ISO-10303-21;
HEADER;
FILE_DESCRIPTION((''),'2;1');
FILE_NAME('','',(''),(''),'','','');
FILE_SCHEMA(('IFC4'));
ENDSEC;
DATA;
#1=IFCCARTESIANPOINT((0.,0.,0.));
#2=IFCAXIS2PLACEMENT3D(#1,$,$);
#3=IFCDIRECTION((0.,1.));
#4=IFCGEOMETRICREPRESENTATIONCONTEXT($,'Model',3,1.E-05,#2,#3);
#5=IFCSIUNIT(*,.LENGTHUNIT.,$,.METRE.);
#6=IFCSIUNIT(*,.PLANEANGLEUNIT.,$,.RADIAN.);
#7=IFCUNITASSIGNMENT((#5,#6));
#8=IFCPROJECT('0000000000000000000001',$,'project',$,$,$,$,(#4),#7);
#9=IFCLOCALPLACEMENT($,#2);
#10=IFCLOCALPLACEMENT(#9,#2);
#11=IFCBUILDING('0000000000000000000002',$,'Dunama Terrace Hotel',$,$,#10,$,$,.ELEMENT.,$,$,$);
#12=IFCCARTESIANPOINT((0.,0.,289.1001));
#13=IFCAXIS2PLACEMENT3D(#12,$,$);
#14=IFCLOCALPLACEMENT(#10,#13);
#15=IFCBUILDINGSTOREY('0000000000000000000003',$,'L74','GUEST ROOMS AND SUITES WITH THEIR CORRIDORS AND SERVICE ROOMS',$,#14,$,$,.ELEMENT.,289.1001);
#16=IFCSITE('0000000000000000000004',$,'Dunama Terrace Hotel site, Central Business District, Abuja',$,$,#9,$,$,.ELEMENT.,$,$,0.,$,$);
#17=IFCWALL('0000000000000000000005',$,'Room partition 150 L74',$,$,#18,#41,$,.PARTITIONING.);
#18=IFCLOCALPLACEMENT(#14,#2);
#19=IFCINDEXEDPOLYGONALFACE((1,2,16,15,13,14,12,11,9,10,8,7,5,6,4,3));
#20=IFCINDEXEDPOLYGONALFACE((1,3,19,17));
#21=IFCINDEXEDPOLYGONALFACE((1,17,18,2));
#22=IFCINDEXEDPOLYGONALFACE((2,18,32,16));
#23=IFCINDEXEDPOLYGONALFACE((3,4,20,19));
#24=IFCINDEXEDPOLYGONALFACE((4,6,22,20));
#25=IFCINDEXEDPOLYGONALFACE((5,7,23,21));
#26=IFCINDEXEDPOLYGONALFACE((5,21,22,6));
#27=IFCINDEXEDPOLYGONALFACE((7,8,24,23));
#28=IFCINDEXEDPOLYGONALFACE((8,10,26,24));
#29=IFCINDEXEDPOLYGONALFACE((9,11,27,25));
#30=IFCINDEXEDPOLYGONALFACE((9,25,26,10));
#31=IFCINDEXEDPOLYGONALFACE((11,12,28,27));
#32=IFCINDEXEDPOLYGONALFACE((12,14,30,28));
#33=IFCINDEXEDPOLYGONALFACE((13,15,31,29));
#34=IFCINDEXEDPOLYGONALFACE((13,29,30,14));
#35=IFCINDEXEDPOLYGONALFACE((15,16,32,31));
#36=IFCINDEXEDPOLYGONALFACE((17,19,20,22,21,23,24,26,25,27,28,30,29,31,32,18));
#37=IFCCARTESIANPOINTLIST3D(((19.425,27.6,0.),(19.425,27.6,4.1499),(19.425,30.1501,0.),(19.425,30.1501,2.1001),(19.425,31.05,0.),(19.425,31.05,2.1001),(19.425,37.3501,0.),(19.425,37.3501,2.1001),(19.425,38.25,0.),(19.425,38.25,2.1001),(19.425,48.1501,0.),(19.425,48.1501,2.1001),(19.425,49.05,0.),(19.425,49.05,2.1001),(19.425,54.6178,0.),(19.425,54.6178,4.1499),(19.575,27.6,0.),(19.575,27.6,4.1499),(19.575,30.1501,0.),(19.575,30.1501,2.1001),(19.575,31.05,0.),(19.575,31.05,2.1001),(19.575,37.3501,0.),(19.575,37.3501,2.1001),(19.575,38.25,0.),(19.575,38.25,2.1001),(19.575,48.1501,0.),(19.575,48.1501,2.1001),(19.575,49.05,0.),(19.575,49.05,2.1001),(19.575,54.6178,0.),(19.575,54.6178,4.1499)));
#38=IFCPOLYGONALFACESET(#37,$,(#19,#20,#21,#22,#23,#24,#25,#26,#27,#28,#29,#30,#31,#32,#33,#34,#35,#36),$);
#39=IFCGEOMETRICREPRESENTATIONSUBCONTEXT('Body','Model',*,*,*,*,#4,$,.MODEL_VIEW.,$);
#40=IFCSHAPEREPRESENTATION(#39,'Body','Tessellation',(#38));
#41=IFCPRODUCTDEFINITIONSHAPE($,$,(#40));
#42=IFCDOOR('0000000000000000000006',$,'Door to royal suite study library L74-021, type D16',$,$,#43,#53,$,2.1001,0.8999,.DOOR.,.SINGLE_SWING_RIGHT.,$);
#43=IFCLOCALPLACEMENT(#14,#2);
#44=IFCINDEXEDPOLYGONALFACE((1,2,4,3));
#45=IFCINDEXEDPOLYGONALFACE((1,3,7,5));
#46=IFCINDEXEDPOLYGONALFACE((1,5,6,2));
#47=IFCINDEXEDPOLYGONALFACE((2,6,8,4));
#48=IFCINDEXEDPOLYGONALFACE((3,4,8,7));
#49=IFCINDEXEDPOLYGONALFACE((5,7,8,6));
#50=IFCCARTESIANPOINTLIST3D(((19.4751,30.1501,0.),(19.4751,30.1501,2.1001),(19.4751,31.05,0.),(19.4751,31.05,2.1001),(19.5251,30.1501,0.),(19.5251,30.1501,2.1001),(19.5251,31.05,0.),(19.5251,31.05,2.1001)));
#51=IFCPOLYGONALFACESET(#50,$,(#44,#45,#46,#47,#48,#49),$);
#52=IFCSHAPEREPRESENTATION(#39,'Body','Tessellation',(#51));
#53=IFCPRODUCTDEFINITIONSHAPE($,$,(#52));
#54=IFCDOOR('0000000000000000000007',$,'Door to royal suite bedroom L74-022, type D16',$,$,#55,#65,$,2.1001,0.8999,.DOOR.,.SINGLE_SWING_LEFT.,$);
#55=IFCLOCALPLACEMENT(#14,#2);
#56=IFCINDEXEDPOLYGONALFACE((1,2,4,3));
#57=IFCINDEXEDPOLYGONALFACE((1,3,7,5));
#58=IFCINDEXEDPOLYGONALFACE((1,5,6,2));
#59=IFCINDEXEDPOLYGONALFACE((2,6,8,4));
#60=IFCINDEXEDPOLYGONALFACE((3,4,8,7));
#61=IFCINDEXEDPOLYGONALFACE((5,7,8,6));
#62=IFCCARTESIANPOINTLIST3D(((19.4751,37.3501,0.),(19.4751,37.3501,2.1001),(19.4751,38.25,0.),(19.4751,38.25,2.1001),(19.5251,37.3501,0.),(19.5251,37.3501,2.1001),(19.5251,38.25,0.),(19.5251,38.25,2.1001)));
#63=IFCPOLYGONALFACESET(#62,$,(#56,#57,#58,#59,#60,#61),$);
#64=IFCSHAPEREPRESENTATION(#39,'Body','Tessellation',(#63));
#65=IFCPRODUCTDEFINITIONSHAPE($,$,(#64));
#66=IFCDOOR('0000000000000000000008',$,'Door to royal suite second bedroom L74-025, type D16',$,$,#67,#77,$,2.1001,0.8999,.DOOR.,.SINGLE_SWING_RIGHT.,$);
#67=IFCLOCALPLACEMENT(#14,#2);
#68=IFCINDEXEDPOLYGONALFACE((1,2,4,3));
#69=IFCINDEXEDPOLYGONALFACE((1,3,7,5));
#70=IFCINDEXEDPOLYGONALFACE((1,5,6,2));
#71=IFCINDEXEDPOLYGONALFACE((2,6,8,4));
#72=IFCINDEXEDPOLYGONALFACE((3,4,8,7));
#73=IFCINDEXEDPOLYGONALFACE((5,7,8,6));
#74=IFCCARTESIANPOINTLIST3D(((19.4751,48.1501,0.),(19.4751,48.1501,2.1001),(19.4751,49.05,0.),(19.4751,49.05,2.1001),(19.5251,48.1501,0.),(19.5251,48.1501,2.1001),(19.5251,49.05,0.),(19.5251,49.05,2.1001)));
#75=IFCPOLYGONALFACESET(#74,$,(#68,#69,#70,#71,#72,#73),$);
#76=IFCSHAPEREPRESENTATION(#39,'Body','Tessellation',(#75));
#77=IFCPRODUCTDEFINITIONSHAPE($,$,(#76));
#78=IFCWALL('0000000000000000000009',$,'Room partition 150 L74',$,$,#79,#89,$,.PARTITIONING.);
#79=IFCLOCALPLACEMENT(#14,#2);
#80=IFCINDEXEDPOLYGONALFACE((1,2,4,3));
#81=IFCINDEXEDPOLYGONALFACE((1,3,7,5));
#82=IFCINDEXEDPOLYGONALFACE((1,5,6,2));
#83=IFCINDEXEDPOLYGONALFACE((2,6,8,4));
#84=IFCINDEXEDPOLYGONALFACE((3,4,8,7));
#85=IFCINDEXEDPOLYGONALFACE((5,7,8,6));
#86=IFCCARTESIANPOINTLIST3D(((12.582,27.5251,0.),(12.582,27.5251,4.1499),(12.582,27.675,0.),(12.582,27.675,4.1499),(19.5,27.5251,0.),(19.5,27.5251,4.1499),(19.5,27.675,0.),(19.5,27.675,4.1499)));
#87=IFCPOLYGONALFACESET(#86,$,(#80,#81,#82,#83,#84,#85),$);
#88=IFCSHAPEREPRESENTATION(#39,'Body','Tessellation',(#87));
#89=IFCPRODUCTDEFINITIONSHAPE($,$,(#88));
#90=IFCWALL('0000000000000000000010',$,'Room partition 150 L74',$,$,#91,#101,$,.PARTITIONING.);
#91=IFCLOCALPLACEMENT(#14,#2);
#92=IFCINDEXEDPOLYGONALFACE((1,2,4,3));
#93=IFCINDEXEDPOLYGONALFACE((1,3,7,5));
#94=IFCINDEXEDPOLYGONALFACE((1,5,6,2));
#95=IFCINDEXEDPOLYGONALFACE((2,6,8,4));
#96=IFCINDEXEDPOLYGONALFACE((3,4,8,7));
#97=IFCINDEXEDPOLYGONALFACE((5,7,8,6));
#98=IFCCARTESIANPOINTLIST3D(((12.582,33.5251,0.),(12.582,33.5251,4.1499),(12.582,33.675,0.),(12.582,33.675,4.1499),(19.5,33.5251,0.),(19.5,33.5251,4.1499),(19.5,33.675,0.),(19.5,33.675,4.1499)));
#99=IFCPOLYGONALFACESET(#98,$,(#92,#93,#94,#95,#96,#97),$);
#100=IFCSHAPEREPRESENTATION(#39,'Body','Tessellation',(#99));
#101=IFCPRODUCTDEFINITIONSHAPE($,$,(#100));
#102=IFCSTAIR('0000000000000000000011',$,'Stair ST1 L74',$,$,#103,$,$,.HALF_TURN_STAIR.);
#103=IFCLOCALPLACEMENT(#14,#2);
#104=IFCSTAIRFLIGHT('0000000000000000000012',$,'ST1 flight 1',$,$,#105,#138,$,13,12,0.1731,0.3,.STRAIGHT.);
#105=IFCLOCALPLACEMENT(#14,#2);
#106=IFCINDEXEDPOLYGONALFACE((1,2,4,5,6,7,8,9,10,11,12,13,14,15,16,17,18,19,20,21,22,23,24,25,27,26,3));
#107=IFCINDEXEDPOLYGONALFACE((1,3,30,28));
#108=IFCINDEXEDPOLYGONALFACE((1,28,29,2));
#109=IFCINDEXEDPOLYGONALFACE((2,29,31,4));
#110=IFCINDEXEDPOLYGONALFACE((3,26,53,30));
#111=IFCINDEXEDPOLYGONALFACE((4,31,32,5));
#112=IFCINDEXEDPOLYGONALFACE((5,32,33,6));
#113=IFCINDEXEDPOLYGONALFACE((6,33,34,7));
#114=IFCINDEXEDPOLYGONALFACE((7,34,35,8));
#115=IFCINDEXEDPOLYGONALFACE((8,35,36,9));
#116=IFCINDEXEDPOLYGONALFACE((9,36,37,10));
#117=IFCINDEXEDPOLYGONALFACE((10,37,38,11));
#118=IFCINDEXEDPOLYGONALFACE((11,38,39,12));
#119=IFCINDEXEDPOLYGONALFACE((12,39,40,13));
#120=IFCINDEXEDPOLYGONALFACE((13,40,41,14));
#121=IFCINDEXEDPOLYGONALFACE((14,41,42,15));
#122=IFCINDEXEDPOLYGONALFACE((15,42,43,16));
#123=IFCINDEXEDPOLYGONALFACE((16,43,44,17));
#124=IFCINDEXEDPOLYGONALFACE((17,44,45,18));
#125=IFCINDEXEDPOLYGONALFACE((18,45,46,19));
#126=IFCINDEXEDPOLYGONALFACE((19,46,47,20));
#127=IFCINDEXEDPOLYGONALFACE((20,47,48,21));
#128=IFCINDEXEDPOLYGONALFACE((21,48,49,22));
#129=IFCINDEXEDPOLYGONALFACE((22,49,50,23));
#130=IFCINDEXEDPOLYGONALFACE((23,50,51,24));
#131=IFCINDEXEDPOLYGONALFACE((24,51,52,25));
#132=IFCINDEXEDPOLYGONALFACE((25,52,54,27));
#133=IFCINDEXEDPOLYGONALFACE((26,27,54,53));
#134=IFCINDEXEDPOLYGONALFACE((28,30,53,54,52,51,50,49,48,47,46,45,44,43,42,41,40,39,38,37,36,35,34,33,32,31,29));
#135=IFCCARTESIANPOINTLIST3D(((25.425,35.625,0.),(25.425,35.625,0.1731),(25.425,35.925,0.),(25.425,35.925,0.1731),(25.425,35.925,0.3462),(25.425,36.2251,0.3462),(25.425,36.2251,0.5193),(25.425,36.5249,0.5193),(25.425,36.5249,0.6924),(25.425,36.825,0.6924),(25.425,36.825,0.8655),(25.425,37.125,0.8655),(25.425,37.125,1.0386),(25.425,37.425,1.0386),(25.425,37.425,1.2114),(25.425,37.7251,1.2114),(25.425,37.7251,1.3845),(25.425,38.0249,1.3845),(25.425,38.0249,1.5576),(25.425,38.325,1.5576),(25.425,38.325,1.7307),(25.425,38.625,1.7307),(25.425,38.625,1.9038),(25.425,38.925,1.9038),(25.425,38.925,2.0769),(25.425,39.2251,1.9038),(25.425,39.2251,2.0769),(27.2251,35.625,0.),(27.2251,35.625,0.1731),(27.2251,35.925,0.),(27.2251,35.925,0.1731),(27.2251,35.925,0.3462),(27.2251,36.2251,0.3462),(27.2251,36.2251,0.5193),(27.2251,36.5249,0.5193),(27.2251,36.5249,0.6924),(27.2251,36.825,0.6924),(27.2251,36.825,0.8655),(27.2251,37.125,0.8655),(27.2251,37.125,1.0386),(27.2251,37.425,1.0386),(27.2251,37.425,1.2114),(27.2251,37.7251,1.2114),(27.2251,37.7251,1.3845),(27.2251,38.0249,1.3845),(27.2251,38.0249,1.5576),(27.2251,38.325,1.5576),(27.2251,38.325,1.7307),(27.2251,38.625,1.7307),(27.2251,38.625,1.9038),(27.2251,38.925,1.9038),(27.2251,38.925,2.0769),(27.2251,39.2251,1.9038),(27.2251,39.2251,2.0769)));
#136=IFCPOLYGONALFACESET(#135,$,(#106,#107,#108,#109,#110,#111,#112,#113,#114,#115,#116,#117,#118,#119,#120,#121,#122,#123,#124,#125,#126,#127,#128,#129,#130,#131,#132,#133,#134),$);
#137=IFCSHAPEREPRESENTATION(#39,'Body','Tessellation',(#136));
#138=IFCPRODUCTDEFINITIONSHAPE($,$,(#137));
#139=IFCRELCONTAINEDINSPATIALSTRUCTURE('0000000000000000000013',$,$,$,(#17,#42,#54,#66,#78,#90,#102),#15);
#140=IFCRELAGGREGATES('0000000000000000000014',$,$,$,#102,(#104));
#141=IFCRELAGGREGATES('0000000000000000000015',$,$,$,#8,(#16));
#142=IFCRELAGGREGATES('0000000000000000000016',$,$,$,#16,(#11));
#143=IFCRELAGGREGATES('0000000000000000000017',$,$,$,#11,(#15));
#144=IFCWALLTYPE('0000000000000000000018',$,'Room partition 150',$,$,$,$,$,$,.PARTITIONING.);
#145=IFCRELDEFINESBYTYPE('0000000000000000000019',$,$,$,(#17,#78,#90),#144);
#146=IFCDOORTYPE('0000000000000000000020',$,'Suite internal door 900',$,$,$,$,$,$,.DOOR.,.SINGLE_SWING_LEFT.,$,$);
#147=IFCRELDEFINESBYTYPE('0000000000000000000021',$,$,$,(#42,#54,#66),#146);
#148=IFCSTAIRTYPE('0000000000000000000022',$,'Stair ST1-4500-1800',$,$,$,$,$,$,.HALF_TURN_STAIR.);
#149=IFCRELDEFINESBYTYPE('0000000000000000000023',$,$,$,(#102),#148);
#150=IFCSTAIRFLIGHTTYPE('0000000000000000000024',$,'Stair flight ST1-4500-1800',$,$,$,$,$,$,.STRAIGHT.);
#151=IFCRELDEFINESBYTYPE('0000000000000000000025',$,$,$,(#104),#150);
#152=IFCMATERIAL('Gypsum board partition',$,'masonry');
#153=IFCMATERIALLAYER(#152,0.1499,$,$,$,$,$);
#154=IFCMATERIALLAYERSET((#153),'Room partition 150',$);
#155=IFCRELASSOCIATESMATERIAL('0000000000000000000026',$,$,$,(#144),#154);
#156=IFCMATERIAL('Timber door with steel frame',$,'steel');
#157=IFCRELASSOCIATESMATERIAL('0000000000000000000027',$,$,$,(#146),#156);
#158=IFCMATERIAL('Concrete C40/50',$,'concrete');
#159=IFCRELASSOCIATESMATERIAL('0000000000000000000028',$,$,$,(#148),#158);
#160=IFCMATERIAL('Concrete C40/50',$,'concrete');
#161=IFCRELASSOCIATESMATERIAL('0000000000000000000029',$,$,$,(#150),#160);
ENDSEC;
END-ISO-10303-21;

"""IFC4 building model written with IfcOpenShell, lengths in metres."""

from ifc_helpers import new_model, si_unit, direction, frame, frame_2d, origin, place, context, subcontext, project, spatial, polyline, rectangle, outline, extrude, material, layer, layer_set, type_object, element, fill, aggregate, save


model = new_model("IFC4")

# Units and contexts
model_context = context("Model", 3, precision=1e-05, world=origin(), true_north=direction((0.0, 1.0)))
body_context = subcontext(model_context, "Body", "Model", "MODEL_VIEW")
ifc_project = project(units=[si_unit("LENGTHUNIT", "METRE"), si_unit("PLANEANGLEUNIT", "RADIAN")], contexts=[model_context])

# Site, building, storey
site_placement = place(None, origin())
site = spatial("IfcSite", under=ifc_project, at=site_placement, Name="Dunama Terrace Hotel site, Central Business District, Abuja", CompositionType="ELEMENT", RefElevation=0.0)
building_placement = place(site_placement, origin())
building = spatial("IfcBuilding", under=site, at=building_placement, Name="Dunama Terrace Hotel", CompositionType="ELEMENT")
storey_placement = place(building_placement, frame((0.0, 0.0, 289.1001)))
storey = spatial("IfcBuildingStorey", under=building, at=storey_placement, Name="L74", Description="GUEST ROOMS AND SUITES WITH THEIR CORRIDORS AND SERVICE ROOMS", CompositionType="ELEMENT", Elevation=289.1001)

# Wall, openings, doors
ifc_material_1 = material(Name="Gypsum board partition", Category="masonry")
ifc_layer_1 = layer(ifc_material_1, 0.1499)
ifc_layer_set_1 = layer_set([ifc_layer_1], Name="Room partition 150")
wall_type_1 = type_object("IfcWallType", Name="Room partition 150", PredefinedType="PARTITIONING", material=ifc_layer_set_1)
wall_1_placement = place(storey_placement, frame((19.5, 27.6001, 0.0), z_axis=(0.0, 0.0, 1.0), x_axis=(0.0, 1.0, 0.0)))
wall_1 = element("IfcWall", 1, at=wall_1_placement, inside=storey, type_object=wall_type_1, Name="Room partition 150 L74", PredefinedType="PARTITIONING", context=body_context, shape_type="SweptSolid", body=[
    extrude(rectangle(XDim=27.0178, YDim=0.1499, at=frame_2d((13.5088, 0.0))), origin(), (0.0, 0.0, 1.0), 4.1499),
])
opening_1_placement = place(wall_1_placement, frame((2.55, 0.0, 0.0)))
opening_1 = element("IfcOpeningElement", 2, at=opening_1_placement, cuts=wall_1, PredefinedType="OPENING", context=body_context, shape_type="SweptSolid", body=[
    extrude(rectangle(XDim=0.8999, YDim=2.1001, at=frame_2d((0.45, 1.05))), frame((0.0, 0.085, 0.0), z_axis=(0.0, -1.0, 0.0), x_axis=(1.0, 0.0, 0.0)), (0.0, 0.0, 1.0), 0.1699),
])
opening_2_placement = place(wall_1_placement, frame((9.75, 0.0, 0.0)))
opening_2 = element("IfcOpeningElement", 3, at=opening_2_placement, cuts=wall_1, PredefinedType="OPENING", context=body_context, shape_type="SweptSolid", body=[
    extrude(rectangle(XDim=0.8999, YDim=2.1001, at=frame_2d((0.45, 1.05))), frame((0.0, 0.085, 0.0), z_axis=(0.0, -1.0, 0.0), x_axis=(1.0, 0.0, 0.0)), (0.0, 0.0, 1.0), 0.1699),
])
opening_3_placement = place(wall_1_placement, frame((20.55, 0.0, 0.0)))
opening_3 = element("IfcOpeningElement", 4, at=opening_3_placement, cuts=wall_1, PredefinedType="OPENING", context=body_context, shape_type="SweptSolid", body=[
    extrude(rectangle(XDim=0.8999, YDim=2.1001, at=frame_2d((0.45, 1.05))), frame((0.0, 0.085, 0.0), z_axis=(0.0, -1.0, 0.0), x_axis=(1.0, 0.0, 0.0)), (0.0, 0.0, 1.0), 0.1699),
])
ifc_material_2 = material(Name="Timber door with steel frame", Category="steel")
door_type_1 = type_object("IfcDoorType", Name="Suite internal door 900", OperationType="SINGLE_SWING_LEFT", PredefinedType="DOOR", material=ifc_material_2)
door_1_placement = place(opening_1_placement, origin())
door_1 = element("IfcDoor", 5, at=door_1_placement, inside=storey, type_object=door_type_1, Name="Door to royal suite study library L74-021, type D16", OperationType="SINGLE_SWING_RIGHT", OverallHeight=2.1001, OverallWidth=0.8999, PredefinedType="DOOR", context=body_context, shape_type="SweptSolid", body=[
    extrude(rectangle(XDim=0.8999, YDim=2.1001, at=frame_2d((0.45, 1.05))), frame((0.0, 0.0249, 0.0), z_axis=(0.0, -1.0, 0.0), x_axis=(1.0, 0.0, 0.0)), (0.0, 0.0, 1.0), 0.05),
])
fill(opening_1, door_1)
door_2_placement = place(opening_2_placement, origin())
door_2 = element("IfcDoor", 6, at=door_2_placement, inside=storey, type_object=door_type_1, Name="Door to royal suite bedroom L74-022, type D16", OperationType="SINGLE_SWING_LEFT", OverallHeight=2.1001, OverallWidth=0.8999, PredefinedType="DOOR", context=body_context, shape_type="SweptSolid", body=[
    extrude(rectangle(XDim=0.8999, YDim=2.1001, at=frame_2d((0.45, 1.05))), frame((0.0, 0.0249, 0.0), z_axis=(0.0, -1.0, 0.0), x_axis=(1.0, 0.0, 0.0)), (0.0, 0.0, 1.0), 0.05),
])
fill(opening_2, door_2)
door_3_placement = place(opening_3_placement, origin())
door_3 = element("IfcDoor", 7, at=door_3_placement, inside=storey, type_object=door_type_1, Name="Door to royal suite second bedroom L74-025, type D16", OperationType="SINGLE_SWING_RIGHT", OverallHeight=2.1001, OverallWidth=0.8999, PredefinedType="DOOR", context=body_context, shape_type="SweptSolid", body=[
    extrude(rectangle(XDim=0.8999, YDim=2.1001, at=frame_2d((0.45, 1.05))), frame((0.0, 0.0249, 0.0), z_axis=(0.0, -1.0, 0.0), x_axis=(1.0, 0.0, 0.0)), (0.0, 0.0, 1.0), 0.05),
])
fill(opening_3, door_3)

# Walls
for number, where, z_axis, x_axis, name in (
    (8, (12.582, 27.6001, 0.0), (0.0, 0.0, 1.0), (1.0, 0.0, 0.0), "Room partition 150 L74"),
    (9, (12.582, 33.6001, 0.0), (0.0, 0.0, 1.0), (1.0, 0.0, 0.0), "Room partition 150 L74"),
):
    element("IfcWall", number, at=place(storey_placement, frame(where, z_axis=z_axis, x_axis=x_axis)), inside=storey, type_object=wall_type_1, Name=name, PredefinedType="PARTITIONING", context=body_context, shape_type="SweptSolid", body=[
        extrude(rectangle(XDim=6.918, YDim=0.1499, at=frame_2d((3.459, 0.0))), origin(), (0.0, 0.0, 1.0), 4.1499),
    ])

# Stair, stair flight
ifc_material_3 = material(Name="Concrete C40/50", Category="concrete")
stair_type = type_object("IfcStairType", Name="Stair ST1-4500-1800", PredefinedType="HALF_TURN_STAIR", material=ifc_material_3)
stair_placement = place(storey_placement, origin())
stair = element("IfcStair", 10, at=stair_placement, inside=storey, type_object=stair_type, Name="Stair ST1 L74", PredefinedType="HALF_TURN_STAIR")
ifc_material_4 = material(Name="Concrete C40/50", Category="concrete")
stair_flight_type = type_object("IfcStairFlightType", Name="Stair flight ST1-4500-1800", PredefinedType="STRAIGHT", material=ifc_material_4)
stair_flight_placement = place(storey_placement, frame((26.325, 35.625, 0.0), z_axis=(0.0, 0.0, 1.0), x_axis=(0.0, 1.0, 0.0)))
stair_flight = element("IfcStairFlight", 11, at=stair_flight_placement, type_object=stair_flight_type, Name="ST1 flight 1", NumberOfRisers=13, NumberOfTreads=12, PredefinedType="STRAIGHT", RiserHeight=0.1731, TreadLength=0.3, context=body_context, shape_type="SweptSolid", body=[
    extrude(outline(polyline([(0.0, 0.0), (0.0, 0.1731), (0.3, 0.1731), (0.3, 0.3462), (0.6001, 0.3462), (0.6001, 0.5193), (0.8999, 0.5193), (0.8999, 0.6924), (1.2, 0.6924), (1.2, 0.8655), (1.5, 0.8655), (1.5, 1.0386), (1.8, 1.0386), (1.8, 1.2114), (2.1001, 1.2114), (2.1001, 1.3845), (2.3999, 1.3845), (2.3999, 1.5576), (2.7, 1.5576), (2.7, 1.7307), (3.0, 1.7307), (3.0, 1.9038), (3.3, 1.9038), (3.3, 2.0769), (3.6001, 2.0769), (3.6001, 2.25), (3.6001, 1.9038), (0.3, 0.0), (0.0, 0.0)])), frame((0.0, 0.8999, 0.0), z_axis=(0.0, -1.0, 0.0), x_axis=(1.0, 0.0, 0.0)), (0.0, 0.0, 1.0), 1.8),
])
aggregate(stair, [stair_flight])

save(model, "model.ifc")
